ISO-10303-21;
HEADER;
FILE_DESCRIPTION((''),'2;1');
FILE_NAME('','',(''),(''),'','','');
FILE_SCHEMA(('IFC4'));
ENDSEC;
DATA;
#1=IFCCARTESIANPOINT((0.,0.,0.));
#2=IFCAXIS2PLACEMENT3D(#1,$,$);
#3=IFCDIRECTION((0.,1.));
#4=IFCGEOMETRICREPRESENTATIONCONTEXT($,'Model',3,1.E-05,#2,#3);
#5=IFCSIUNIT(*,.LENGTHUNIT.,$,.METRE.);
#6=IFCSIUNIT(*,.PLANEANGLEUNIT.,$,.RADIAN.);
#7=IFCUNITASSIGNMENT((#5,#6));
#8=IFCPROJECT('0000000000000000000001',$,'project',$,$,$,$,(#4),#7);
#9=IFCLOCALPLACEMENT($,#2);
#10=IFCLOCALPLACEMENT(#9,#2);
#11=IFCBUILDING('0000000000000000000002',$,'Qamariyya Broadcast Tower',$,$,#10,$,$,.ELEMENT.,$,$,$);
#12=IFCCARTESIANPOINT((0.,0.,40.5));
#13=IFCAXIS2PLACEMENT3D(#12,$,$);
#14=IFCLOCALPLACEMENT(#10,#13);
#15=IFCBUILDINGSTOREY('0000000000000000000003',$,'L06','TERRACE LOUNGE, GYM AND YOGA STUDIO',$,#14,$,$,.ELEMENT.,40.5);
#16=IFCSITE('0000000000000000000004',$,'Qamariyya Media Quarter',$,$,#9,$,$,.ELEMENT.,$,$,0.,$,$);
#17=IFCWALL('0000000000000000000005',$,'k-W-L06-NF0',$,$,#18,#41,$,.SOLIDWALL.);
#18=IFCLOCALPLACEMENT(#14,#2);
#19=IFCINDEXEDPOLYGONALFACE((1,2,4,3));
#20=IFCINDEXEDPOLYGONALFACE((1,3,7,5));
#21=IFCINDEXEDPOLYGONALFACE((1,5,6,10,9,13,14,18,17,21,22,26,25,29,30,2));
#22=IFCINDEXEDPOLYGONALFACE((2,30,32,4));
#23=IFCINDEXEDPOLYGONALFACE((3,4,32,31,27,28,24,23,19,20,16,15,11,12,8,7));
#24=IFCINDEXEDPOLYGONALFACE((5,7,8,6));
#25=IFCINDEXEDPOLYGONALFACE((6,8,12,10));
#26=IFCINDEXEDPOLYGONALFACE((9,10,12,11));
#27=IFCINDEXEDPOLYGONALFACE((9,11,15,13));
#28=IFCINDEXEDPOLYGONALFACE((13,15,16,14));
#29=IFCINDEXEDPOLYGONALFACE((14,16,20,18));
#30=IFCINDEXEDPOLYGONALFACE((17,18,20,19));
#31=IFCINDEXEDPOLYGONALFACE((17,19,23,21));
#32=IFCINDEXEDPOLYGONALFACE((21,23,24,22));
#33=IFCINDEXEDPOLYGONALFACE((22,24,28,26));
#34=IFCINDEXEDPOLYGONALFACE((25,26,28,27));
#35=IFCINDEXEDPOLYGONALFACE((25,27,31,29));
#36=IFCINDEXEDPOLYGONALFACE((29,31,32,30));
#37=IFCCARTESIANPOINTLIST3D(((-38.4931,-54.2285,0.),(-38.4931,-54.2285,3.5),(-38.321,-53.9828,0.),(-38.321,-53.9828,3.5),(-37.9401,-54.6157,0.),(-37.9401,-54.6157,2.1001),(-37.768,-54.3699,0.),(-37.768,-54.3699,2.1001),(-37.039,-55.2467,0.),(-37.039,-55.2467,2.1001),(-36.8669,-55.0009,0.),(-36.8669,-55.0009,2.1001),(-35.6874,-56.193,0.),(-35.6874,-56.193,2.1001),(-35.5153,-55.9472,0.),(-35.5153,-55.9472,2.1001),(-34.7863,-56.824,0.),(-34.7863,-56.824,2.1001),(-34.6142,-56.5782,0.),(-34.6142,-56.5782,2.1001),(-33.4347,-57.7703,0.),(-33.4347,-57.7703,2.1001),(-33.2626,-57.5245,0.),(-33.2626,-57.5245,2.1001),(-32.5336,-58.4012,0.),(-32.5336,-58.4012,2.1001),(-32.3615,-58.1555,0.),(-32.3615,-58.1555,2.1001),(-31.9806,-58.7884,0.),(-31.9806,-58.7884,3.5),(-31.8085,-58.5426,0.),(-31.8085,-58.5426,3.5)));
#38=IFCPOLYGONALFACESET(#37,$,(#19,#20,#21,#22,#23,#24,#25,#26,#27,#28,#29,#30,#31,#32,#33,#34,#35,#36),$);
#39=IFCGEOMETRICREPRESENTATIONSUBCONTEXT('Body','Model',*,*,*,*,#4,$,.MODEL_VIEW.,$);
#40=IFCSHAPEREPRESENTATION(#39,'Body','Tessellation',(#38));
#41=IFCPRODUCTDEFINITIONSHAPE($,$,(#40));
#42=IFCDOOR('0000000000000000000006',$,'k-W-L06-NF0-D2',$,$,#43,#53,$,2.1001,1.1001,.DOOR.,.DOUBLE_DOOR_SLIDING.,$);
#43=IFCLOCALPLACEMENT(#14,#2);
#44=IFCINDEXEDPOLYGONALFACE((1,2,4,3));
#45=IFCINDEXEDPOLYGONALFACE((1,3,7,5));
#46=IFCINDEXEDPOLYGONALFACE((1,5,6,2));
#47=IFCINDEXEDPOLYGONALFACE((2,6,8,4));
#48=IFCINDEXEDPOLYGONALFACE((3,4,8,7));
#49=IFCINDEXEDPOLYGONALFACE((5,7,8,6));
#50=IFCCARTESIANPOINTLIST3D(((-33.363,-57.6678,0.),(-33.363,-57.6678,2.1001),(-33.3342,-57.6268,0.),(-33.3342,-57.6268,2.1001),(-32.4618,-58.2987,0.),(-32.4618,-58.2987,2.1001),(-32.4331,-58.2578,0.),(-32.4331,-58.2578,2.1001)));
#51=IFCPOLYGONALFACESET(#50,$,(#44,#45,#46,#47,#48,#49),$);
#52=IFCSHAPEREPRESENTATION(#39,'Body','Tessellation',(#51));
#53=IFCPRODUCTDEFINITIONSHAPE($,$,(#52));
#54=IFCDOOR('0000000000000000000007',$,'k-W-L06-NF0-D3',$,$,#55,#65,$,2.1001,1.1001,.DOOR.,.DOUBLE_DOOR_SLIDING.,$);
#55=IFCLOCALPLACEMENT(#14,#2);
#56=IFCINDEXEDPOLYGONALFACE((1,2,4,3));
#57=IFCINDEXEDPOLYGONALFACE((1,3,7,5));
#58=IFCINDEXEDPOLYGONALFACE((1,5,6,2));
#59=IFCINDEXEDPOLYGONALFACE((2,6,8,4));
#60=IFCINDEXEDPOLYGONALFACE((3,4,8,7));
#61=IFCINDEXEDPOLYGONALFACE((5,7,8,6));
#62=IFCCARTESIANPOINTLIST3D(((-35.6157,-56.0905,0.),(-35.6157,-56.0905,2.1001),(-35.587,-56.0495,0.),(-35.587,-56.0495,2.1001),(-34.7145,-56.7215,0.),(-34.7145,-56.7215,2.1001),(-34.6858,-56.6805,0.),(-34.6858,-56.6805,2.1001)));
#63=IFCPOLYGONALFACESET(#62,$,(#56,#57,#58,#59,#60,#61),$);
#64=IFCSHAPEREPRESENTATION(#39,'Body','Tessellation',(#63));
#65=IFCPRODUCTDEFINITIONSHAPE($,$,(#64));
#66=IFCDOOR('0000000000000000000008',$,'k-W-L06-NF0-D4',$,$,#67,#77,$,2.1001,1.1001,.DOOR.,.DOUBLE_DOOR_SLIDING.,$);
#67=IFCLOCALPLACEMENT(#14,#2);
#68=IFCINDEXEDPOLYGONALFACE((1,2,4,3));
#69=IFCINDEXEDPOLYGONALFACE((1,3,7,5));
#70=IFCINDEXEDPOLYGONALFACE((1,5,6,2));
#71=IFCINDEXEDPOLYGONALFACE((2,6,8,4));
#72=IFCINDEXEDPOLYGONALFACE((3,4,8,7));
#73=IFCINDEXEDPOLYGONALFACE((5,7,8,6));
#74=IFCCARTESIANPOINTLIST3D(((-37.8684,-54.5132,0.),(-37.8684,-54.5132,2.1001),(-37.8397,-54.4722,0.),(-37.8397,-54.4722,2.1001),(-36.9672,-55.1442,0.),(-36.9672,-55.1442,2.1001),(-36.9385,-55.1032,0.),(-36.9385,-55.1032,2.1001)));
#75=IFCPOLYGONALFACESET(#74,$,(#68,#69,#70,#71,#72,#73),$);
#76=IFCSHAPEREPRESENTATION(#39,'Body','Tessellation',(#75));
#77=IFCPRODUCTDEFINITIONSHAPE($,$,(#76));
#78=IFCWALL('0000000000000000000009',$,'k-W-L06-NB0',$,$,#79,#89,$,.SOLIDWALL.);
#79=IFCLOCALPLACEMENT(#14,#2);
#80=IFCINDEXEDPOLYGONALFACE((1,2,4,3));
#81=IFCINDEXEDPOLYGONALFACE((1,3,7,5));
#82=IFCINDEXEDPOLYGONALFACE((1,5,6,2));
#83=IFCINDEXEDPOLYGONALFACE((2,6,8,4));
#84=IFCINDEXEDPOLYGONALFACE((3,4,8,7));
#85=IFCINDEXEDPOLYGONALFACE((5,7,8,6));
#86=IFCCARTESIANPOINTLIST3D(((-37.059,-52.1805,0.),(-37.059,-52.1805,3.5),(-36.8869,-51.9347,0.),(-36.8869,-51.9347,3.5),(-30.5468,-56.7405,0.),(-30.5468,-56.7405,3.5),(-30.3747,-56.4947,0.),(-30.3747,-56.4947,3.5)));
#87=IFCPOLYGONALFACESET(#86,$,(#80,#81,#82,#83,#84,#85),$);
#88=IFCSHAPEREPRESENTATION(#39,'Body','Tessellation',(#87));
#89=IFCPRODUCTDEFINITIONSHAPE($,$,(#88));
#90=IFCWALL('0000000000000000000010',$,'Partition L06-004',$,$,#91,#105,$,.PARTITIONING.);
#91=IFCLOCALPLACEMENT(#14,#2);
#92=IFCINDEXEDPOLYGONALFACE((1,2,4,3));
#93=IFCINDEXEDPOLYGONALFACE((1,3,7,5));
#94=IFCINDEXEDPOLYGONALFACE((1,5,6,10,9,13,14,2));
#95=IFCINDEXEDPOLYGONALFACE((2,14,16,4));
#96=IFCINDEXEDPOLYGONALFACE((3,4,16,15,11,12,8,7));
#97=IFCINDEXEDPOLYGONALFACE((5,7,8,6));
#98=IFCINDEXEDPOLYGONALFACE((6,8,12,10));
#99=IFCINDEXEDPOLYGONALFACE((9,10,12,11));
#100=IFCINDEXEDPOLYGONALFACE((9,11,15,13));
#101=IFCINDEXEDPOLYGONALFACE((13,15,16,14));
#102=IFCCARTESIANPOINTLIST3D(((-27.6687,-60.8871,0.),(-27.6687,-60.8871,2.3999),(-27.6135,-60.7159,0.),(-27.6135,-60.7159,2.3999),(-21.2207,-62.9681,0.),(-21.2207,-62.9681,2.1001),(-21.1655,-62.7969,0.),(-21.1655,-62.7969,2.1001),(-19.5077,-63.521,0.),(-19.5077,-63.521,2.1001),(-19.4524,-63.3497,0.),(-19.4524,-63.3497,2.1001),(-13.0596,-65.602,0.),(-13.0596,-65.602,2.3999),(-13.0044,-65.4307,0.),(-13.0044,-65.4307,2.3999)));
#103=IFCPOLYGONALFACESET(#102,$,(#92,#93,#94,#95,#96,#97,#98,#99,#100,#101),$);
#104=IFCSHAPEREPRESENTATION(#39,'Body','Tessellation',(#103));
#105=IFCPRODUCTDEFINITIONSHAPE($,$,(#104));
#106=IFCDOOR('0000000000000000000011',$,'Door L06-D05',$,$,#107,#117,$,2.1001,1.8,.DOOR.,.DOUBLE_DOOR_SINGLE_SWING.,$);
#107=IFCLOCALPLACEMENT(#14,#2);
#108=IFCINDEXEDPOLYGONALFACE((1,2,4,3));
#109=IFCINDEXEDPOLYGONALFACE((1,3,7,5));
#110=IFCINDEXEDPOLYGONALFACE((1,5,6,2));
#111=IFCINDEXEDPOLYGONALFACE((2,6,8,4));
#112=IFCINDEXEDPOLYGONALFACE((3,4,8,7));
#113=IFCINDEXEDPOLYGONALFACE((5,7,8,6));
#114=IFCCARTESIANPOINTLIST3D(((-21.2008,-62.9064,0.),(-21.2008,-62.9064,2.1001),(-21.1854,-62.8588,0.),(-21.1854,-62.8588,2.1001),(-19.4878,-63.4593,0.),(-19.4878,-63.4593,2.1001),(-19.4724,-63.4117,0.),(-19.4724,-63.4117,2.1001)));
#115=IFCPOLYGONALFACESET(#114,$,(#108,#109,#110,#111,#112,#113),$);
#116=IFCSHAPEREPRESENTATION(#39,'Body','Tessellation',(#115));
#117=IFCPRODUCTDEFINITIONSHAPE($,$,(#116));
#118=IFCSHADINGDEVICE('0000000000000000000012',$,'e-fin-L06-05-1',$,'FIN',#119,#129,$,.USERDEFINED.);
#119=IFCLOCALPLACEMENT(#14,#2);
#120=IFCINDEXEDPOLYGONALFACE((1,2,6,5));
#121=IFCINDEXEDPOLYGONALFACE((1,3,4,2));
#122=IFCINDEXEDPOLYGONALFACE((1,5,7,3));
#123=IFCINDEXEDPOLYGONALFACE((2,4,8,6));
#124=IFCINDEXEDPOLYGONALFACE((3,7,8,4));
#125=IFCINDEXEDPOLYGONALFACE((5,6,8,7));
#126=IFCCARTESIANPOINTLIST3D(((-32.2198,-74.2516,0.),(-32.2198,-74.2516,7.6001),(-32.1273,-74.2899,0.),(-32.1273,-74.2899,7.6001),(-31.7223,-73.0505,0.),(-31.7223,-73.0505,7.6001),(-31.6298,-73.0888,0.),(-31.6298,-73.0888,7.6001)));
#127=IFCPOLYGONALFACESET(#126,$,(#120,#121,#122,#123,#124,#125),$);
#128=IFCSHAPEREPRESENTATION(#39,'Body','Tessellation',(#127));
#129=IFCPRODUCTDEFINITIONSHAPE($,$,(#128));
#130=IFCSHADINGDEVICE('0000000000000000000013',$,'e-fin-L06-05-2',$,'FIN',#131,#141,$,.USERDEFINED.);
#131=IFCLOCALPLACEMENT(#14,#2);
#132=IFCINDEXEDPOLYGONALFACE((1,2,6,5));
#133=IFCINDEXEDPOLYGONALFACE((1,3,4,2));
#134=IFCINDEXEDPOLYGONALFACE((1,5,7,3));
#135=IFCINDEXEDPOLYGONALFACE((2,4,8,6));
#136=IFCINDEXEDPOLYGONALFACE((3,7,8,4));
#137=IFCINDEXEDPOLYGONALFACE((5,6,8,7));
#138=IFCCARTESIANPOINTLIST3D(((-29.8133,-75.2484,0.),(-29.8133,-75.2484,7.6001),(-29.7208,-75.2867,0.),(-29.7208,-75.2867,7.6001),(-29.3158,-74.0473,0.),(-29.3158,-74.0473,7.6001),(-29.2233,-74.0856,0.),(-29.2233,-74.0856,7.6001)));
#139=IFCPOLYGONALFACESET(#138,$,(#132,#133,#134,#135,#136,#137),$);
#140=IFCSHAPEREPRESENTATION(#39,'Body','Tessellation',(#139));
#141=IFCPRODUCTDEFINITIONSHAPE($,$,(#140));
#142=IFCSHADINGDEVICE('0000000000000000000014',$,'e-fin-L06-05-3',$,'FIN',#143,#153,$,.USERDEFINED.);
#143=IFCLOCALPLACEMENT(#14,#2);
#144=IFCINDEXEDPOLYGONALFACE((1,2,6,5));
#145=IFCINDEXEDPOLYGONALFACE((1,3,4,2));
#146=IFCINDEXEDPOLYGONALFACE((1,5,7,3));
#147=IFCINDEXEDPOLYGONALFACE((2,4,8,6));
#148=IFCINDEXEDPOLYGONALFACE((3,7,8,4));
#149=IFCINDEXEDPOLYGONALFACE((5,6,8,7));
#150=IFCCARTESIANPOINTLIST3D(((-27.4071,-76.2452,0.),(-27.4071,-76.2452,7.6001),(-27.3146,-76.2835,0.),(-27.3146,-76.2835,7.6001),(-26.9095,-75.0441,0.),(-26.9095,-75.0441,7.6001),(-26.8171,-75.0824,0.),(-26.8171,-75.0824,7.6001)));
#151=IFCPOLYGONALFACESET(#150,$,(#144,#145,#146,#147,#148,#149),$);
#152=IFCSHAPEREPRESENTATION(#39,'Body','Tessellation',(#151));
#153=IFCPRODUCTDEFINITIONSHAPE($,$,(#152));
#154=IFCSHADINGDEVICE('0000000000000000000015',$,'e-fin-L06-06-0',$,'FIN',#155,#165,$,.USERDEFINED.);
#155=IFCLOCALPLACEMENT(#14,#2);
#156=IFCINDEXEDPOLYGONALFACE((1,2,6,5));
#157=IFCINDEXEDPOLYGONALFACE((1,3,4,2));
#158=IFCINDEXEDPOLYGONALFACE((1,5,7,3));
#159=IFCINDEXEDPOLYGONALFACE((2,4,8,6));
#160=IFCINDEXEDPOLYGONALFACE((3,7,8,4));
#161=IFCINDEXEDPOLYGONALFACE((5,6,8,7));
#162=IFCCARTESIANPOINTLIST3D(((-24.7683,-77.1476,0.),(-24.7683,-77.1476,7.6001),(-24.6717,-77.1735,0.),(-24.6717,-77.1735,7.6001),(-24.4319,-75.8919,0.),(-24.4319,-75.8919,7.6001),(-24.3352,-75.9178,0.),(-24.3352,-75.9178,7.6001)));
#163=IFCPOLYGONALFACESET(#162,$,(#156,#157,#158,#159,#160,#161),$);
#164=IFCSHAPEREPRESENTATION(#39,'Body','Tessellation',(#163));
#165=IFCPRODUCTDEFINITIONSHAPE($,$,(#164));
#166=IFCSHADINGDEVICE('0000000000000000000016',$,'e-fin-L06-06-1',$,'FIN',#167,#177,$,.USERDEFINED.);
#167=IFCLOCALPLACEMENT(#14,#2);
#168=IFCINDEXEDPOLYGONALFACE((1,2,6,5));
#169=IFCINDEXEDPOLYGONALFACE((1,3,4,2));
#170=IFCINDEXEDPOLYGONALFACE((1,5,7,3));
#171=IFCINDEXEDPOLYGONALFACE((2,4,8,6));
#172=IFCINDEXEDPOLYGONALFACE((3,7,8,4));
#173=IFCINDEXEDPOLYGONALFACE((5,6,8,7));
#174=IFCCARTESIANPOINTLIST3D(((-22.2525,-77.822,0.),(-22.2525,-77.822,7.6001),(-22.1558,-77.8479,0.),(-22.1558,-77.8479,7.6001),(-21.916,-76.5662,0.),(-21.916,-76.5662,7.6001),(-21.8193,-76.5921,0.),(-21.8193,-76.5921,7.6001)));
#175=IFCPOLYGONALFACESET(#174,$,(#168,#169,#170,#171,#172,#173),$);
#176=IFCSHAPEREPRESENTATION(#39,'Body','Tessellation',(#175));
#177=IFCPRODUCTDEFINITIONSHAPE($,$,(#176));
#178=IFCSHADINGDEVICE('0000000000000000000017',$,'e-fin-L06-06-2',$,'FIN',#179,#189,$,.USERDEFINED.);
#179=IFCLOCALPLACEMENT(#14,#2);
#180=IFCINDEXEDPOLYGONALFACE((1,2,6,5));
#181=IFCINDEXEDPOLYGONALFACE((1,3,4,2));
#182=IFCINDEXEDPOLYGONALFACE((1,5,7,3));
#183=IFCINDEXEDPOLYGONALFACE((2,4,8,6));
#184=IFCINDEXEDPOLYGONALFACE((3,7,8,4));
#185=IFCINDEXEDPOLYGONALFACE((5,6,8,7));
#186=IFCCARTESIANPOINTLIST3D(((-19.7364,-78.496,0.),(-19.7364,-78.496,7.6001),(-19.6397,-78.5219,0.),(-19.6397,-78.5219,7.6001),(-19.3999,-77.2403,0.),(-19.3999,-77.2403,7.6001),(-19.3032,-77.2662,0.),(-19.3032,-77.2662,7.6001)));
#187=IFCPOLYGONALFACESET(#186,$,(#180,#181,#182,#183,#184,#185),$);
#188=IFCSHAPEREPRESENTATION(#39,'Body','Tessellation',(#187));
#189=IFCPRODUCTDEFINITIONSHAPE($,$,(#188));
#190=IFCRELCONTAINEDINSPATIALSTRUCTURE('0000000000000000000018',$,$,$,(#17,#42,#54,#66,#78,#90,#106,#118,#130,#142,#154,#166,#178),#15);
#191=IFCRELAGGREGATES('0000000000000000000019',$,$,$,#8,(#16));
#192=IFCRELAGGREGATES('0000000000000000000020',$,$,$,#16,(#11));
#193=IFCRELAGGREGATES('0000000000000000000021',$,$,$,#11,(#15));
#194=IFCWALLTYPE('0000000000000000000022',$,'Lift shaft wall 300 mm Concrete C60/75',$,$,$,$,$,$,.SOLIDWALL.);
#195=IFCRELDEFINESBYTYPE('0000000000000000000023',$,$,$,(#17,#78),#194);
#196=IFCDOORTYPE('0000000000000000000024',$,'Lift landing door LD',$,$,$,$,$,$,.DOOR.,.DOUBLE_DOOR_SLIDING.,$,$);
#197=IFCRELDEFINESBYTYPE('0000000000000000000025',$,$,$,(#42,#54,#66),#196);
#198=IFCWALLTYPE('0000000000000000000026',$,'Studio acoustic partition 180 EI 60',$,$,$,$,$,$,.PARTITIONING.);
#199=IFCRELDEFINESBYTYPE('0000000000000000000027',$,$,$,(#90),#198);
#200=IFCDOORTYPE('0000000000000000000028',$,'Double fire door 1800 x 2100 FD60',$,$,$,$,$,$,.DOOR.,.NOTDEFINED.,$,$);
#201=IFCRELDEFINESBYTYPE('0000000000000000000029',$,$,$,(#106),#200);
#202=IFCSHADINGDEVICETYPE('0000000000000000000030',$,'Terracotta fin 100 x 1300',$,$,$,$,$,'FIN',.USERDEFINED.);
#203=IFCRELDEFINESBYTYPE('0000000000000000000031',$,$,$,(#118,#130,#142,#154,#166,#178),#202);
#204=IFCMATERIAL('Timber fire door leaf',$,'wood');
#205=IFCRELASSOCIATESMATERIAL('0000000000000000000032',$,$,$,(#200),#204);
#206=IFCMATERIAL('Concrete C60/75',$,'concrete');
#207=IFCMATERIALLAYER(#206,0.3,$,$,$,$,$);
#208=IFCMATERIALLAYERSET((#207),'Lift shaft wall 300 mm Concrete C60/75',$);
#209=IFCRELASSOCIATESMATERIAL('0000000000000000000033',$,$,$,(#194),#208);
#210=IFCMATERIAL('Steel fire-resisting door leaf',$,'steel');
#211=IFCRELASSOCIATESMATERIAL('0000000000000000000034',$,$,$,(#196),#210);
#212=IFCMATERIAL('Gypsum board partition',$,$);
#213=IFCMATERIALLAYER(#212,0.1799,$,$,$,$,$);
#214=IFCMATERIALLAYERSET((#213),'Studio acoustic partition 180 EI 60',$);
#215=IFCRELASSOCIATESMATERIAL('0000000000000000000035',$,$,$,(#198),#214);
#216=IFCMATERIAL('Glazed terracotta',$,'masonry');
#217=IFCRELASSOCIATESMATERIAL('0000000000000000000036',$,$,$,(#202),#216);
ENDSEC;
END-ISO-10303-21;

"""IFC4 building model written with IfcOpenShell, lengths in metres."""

from ifc_helpers import new_model, si_unit, direction, frame, frame_2d, origin, origin_2d, place, context, subcontext, project, spatial, rectangle, extrude, material, layer, layer_set, material_profile, profile_set, type_object, element, fill, save


model = new_model("IFC4")

# Units and contexts
model_context = context("Model", 3, precision=1e-05, world=origin(), true_north=direction((0.0, 1.0)))
body_context = subcontext(model_context, "Body", "Model", "MODEL_VIEW")
ifc_project = project(units=[si_unit("LENGTHUNIT", "METRE"), si_unit("PLANEANGLEUNIT", "RADIAN")], contexts=[model_context])

# Site, building, storey
site_placement = place(None, origin())
site = spatial("IfcSite", under=ifc_project, at=site_placement, Name="Qamariyya Media Quarter", CompositionType="ELEMENT", RefElevation=0.0)
building_placement = place(site_placement, origin())
building = spatial("IfcBuilding", under=site, at=building_placement, Name="Qamariyya Broadcast Tower", CompositionType="ELEMENT")
storey_placement = place(building_placement, frame((0.0, 0.0, 40.5)))
storey = spatial("IfcBuildingStorey", under=building, at=storey_placement, Name="L06", Description="TERRACE LOUNGE, GYM AND YOGA STUDIO", CompositionType="ELEMENT", Elevation=40.5)

# Shared definitions
ifc_material_1 = material(Name="Gypsum board partition")
ifc_material_2 = material(Name="Timber fire door leaf", Category="wood")
door_type_1 = type_object("IfcDoorType", Name="Double fire door 1800 x 2100 FD60", OperationType="NOTDEFINED", PredefinedType="DOOR", material=ifc_material_2)

# Wall, openings, doors
ifc_material_3 = material(Name="Concrete C60/75", Category="concrete")
ifc_layer_1 = layer(ifc_material_3, 0.3)
ifc_layer_set_1 = layer_set([ifc_layer_1], Name="Lift shaft wall 300 mm Concrete C60/75")
wall_type_1 = type_object("IfcWallType", Name="Lift shaft wall 300 mm Concrete C60/75", PredefinedType="SOLIDWALL", material=ifc_layer_set_1)
wall_1_placement = place(storey_placement, frame((-31.8945, -58.6655, 0.0), z_axis=(0.0, 0.0, 1.0), x_axis=(-0.819167, 0.573555, 0.0)))
wall_1 = element("IfcWall", 1, at=wall_1_placement, inside=storey, type_object=wall_type_1, Name="k-W-L06-NF0", PredefinedType="SOLIDWALL", context=body_context, shape_type="SweptSolid", body=[
    extrude(rectangle(XDim=7.9502, YDim=0.3, at=frame_2d((3.9751, 0.0))), origin(), (0.0, 0.0, 1.0), 3.5),
])
opening_1_placement = place(wall_1_placement, frame((0.675, 0.0, 0.0)))
opening_1 = element("IfcOpeningElement", 2, at=opening_1_placement, cuts=wall_1, PredefinedType="OPENING", context=body_context, shape_type="SweptSolid", body=[
    extrude(rectangle(XDim=1.1001, YDim=2.1001, at=frame_2d((0.55, 1.05))), frame((0.0, 0.1599, 0.0), z_axis=(0.0, -1.0, 0.0), x_axis=(1.0, 0.0, 0.0)), (0.0, 0.0, 1.0), 0.3201),
])
opening_2_placement = place(wall_1_placement, frame((3.425, 0.0, 0.0)))
opening_2 = element("IfcOpeningElement", 3, at=opening_2_placement, cuts=wall_1, PredefinedType="OPENING", context=body_context, shape_type="SweptSolid", body=[
    extrude(rectangle(XDim=1.1001, YDim=2.1001, at=frame_2d((0.55, 1.05))), frame((0.0, 0.1599, 0.0), z_axis=(0.0, -1.0, 0.0), x_axis=(1.0, 0.0, 0.0)), (0.0, 0.0, 1.0), 0.3201),
])
opening_3_placement = place(wall_1_placement, frame((6.175, 0.0, 0.0)))
opening_3 = element("IfcOpeningElement", 4, at=opening_3_placement, cuts=wall_1, PredefinedType="OPENING", context=body_context, shape_type="SweptSolid", body=[
    extrude(rectangle(XDim=1.1001, YDim=2.1001, at=frame_2d((0.55, 1.05))), frame((0.0, 0.1599, 0.0), z_axis=(0.0, -1.0, 0.0), x_axis=(1.0, 0.0, 0.0)), (0.0, 0.0, 1.0), 0.3201),
])
ifc_material_4 = material(Name="Steel fire-resisting door leaf", Category="steel")
door_type_2 = type_object("IfcDoorType", Name="Lift landing door LD", OperationType="DOUBLE_DOOR_SLIDING", PredefinedType="DOOR", material=ifc_material_4)
door_1_placement = place(opening_1_placement, origin())
door_1 = element("IfcDoor", 5, at=door_1_placement, inside=storey, type_object=door_type_2, Name="k-W-L06-NF0-D2", OperationType="DOUBLE_DOOR_SLIDING", OverallHeight=2.1001, OverallWidth=1.1001, PredefinedType="DOOR", context=body_context, shape_type="SweptSolid", body=[
    extrude(rectangle(XDim=1.1001, YDim=2.1001, at=frame_2d((0.55, 1.05))), frame((0.0, 0.0249, 0.0), z_axis=(0.0, -1.0, 0.0), x_axis=(1.0, 0.0, 0.0)), (0.0, 0.0, 1.0), 0.05),
])
fill(opening_1, door_1)
door_2_placement = place(opening_2_placement, origin())
door_2 = element("IfcDoor", 6, at=door_2_placement, inside=storey, type_object=door_type_2, Name="k-W-L06-NF0-D3", OperationType="DOUBLE_DOOR_SLIDING", OverallHeight=2.1001, OverallWidth=1.1001, PredefinedType="DOOR", context=body_context, shape_type="SweptSolid", body=[
    extrude(rectangle(XDim=1.1001, YDim=2.1001, at=frame_2d((0.55, 1.05))), frame((0.0, 0.0249, 0.0), z_axis=(0.0, -1.0, 0.0), x_axis=(1.0, 0.0, 0.0)), (0.0, 0.0, 1.0), 0.05),
])
fill(opening_2, door_2)
door_3_placement = place(opening_3_placement, origin())
door_3 = element("IfcDoor", 7, at=door_3_placement, inside=storey, type_object=door_type_2, Name="k-W-L06-NF0-D4", OperationType="DOUBLE_DOOR_SLIDING", OverallHeight=2.1001, OverallWidth=1.1001, PredefinedType="DOOR", context=body_context, shape_type="SweptSolid", body=[
    extrude(rectangle(XDim=1.1001, YDim=2.1001, at=frame_2d((0.55, 1.05))), frame((0.0, 0.0249, 0.0), z_axis=(0.0, -1.0, 0.0), x_axis=(1.0, 0.0, 0.0)), (0.0, 0.0, 1.0), 0.05),
])
fill(opening_3, door_3)

# Wall
wall_2_placement = place(storey_placement, frame((-30.4607, -56.6177, 0.0), z_axis=(0.0, 0.0, 1.0), x_axis=(-0.819142, 0.57359, 0.0)))
element("IfcWall", 8, at=wall_2_placement, inside=storey, type_object=wall_type_1, Name="k-W-L06-NB0", PredefinedType="SOLIDWALL", context=body_context, shape_type="SweptSolid", body=[
    extrude(rectangle(XDim=7.95, YDim=0.3, at=frame_2d((3.9751, 0.0))), origin(), (0.0, 0.0, 1.0), 3.5),
])

# Wall, opening, door
ifc_layer_2 = layer(ifc_material_1, 0.1799)
ifc_layer_set_2 = layer_set([ifc_layer_2], Name="Studio acoustic partition 180 EI 60")
wall_type_2 = type_object("IfcWallType", Name="Studio acoustic partition 180 EI 60", PredefinedType="PARTITIONING", material=ifc_layer_set_2)
wall_3_placement = place(storey_placement, frame((-27.6411, -60.8015, 0.0), z_axis=(0.0, 0.0, 1.0), x_axis=(0.951666, -0.307134, 0.0)))
wall_3 = element("IfcWall", 9, at=wall_3_placement, inside=storey, type_object=wall_type_2, Name="Partition L06-004", PredefinedType="PARTITIONING", context=body_context, shape_type="SweptSolid", body=[
    extrude(rectangle(XDim=15.3511, YDim=0.1799, at=frame_2d((7.6755, 0.0))), origin(), (0.0, 0.0, 1.0), 2.3999),
])
opening_4_placement = place(wall_3_placement, frame((6.7756, 0.0, 0.0)))
opening_4 = element("IfcOpeningElement", 10, at=opening_4_placement, cuts=wall_3, PredefinedType="OPENING", context=body_context, shape_type="SweptSolid", body=[
    extrude(rectangle(XDim=1.8, YDim=2.1001, at=frame_2d((0.8999, 1.05))), frame((0.0, 0.0999, 0.0), z_axis=(0.0, -1.0, 0.0), x_axis=(1.0, 0.0, 0.0)), (0.0, 0.0, 1.0), 0.2),
])
door_4_placement = place(opening_4_placement, origin())
door_4 = element("IfcDoor", 11, at=door_4_placement, inside=storey, type_object=door_type_1, Name="Door L06-D05", OperationType="DOUBLE_DOOR_SINGLE_SWING", OverallHeight=2.1001, OverallWidth=1.8, PredefinedType="DOOR", context=body_context, shape_type="SweptSolid", body=[
    extrude(rectangle(XDim=1.8, YDim=2.1001, at=frame_2d((0.8999, 1.05))), frame((0.0, 0.0249, 0.0), z_axis=(0.0, -1.0, 0.0), x_axis=(1.0, 0.0, 0.0)), (0.0, 0.0, 1.0), 0.05),
])
fill(opening_4, door_4)

# Shading devices
ifc_material_5 = material(Name="Glazed terracotta", Category="masonry")
ifc_material_profile_1 = material_profile(ifc_material_5, rectangle(XDim=1.3, YDim=0.1001, at=origin_2d()))
ifc_profile_set_1 = profile_set([ifc_material_profile_1], Name="Glazed terracotta")
shading_device_type_1 = type_object("IfcShadingDeviceType", Name="Terracotta fin 100 x 1300", ElementType="FIN", PredefinedType="USERDEFINED", material=ifc_profile_set_1)
for number, where, z_axis, x_axis, name in (
    (12, (-31.9248, -73.6702, 0.0), (0.0, 0.0, 1.0), (-0.382683, -0.92388, 0.0), "e-fin-L06-05-1"),
    (13, (-29.5183, -74.667, 0.0), (0.0, 0.0, 1.0), (-0.382683, -0.92388, 0.0), "e-fin-L06-05-2"),
    (14, (-27.1121, -75.6638, 0.0), (0.0, 0.0, 1.0), (-0.382683, -0.92388, 0.0), "e-fin-L06-05-3"),
    (15, (-24.5518, -76.5327, 0.0), (0.0, 0.0, 1.0), (-0.258819, -0.965926, 0.0), "e-fin-L06-06-0"),
    (16, (-22.0359, -77.207, 0.0), (0.0, 0.0, 1.0), (-0.258819, -0.965926, 0.0), "e-fin-L06-06-1"),
    (17, (-19.5198, -77.8811, 0.0), (0.0, 0.0, 1.0), (-0.258819, -0.965926, 0.0), "e-fin-L06-06-2"),
):
    element("IfcShadingDevice", number, at=place(storey_placement, frame(where, z_axis=z_axis, x_axis=x_axis)), inside=storey, type_object=shading_device_type_1, Name=name, ObjectType="FIN", PredefinedType="USERDEFINED", context=body_context, shape_type="SweptSolid", body=[
        extrude(rectangle(XDim=1.3, YDim=0.1001, at=origin_2d()), origin(), (0.0, 0.0, 1.0), 7.6001),
    ])

save(model, "model.ifc")
